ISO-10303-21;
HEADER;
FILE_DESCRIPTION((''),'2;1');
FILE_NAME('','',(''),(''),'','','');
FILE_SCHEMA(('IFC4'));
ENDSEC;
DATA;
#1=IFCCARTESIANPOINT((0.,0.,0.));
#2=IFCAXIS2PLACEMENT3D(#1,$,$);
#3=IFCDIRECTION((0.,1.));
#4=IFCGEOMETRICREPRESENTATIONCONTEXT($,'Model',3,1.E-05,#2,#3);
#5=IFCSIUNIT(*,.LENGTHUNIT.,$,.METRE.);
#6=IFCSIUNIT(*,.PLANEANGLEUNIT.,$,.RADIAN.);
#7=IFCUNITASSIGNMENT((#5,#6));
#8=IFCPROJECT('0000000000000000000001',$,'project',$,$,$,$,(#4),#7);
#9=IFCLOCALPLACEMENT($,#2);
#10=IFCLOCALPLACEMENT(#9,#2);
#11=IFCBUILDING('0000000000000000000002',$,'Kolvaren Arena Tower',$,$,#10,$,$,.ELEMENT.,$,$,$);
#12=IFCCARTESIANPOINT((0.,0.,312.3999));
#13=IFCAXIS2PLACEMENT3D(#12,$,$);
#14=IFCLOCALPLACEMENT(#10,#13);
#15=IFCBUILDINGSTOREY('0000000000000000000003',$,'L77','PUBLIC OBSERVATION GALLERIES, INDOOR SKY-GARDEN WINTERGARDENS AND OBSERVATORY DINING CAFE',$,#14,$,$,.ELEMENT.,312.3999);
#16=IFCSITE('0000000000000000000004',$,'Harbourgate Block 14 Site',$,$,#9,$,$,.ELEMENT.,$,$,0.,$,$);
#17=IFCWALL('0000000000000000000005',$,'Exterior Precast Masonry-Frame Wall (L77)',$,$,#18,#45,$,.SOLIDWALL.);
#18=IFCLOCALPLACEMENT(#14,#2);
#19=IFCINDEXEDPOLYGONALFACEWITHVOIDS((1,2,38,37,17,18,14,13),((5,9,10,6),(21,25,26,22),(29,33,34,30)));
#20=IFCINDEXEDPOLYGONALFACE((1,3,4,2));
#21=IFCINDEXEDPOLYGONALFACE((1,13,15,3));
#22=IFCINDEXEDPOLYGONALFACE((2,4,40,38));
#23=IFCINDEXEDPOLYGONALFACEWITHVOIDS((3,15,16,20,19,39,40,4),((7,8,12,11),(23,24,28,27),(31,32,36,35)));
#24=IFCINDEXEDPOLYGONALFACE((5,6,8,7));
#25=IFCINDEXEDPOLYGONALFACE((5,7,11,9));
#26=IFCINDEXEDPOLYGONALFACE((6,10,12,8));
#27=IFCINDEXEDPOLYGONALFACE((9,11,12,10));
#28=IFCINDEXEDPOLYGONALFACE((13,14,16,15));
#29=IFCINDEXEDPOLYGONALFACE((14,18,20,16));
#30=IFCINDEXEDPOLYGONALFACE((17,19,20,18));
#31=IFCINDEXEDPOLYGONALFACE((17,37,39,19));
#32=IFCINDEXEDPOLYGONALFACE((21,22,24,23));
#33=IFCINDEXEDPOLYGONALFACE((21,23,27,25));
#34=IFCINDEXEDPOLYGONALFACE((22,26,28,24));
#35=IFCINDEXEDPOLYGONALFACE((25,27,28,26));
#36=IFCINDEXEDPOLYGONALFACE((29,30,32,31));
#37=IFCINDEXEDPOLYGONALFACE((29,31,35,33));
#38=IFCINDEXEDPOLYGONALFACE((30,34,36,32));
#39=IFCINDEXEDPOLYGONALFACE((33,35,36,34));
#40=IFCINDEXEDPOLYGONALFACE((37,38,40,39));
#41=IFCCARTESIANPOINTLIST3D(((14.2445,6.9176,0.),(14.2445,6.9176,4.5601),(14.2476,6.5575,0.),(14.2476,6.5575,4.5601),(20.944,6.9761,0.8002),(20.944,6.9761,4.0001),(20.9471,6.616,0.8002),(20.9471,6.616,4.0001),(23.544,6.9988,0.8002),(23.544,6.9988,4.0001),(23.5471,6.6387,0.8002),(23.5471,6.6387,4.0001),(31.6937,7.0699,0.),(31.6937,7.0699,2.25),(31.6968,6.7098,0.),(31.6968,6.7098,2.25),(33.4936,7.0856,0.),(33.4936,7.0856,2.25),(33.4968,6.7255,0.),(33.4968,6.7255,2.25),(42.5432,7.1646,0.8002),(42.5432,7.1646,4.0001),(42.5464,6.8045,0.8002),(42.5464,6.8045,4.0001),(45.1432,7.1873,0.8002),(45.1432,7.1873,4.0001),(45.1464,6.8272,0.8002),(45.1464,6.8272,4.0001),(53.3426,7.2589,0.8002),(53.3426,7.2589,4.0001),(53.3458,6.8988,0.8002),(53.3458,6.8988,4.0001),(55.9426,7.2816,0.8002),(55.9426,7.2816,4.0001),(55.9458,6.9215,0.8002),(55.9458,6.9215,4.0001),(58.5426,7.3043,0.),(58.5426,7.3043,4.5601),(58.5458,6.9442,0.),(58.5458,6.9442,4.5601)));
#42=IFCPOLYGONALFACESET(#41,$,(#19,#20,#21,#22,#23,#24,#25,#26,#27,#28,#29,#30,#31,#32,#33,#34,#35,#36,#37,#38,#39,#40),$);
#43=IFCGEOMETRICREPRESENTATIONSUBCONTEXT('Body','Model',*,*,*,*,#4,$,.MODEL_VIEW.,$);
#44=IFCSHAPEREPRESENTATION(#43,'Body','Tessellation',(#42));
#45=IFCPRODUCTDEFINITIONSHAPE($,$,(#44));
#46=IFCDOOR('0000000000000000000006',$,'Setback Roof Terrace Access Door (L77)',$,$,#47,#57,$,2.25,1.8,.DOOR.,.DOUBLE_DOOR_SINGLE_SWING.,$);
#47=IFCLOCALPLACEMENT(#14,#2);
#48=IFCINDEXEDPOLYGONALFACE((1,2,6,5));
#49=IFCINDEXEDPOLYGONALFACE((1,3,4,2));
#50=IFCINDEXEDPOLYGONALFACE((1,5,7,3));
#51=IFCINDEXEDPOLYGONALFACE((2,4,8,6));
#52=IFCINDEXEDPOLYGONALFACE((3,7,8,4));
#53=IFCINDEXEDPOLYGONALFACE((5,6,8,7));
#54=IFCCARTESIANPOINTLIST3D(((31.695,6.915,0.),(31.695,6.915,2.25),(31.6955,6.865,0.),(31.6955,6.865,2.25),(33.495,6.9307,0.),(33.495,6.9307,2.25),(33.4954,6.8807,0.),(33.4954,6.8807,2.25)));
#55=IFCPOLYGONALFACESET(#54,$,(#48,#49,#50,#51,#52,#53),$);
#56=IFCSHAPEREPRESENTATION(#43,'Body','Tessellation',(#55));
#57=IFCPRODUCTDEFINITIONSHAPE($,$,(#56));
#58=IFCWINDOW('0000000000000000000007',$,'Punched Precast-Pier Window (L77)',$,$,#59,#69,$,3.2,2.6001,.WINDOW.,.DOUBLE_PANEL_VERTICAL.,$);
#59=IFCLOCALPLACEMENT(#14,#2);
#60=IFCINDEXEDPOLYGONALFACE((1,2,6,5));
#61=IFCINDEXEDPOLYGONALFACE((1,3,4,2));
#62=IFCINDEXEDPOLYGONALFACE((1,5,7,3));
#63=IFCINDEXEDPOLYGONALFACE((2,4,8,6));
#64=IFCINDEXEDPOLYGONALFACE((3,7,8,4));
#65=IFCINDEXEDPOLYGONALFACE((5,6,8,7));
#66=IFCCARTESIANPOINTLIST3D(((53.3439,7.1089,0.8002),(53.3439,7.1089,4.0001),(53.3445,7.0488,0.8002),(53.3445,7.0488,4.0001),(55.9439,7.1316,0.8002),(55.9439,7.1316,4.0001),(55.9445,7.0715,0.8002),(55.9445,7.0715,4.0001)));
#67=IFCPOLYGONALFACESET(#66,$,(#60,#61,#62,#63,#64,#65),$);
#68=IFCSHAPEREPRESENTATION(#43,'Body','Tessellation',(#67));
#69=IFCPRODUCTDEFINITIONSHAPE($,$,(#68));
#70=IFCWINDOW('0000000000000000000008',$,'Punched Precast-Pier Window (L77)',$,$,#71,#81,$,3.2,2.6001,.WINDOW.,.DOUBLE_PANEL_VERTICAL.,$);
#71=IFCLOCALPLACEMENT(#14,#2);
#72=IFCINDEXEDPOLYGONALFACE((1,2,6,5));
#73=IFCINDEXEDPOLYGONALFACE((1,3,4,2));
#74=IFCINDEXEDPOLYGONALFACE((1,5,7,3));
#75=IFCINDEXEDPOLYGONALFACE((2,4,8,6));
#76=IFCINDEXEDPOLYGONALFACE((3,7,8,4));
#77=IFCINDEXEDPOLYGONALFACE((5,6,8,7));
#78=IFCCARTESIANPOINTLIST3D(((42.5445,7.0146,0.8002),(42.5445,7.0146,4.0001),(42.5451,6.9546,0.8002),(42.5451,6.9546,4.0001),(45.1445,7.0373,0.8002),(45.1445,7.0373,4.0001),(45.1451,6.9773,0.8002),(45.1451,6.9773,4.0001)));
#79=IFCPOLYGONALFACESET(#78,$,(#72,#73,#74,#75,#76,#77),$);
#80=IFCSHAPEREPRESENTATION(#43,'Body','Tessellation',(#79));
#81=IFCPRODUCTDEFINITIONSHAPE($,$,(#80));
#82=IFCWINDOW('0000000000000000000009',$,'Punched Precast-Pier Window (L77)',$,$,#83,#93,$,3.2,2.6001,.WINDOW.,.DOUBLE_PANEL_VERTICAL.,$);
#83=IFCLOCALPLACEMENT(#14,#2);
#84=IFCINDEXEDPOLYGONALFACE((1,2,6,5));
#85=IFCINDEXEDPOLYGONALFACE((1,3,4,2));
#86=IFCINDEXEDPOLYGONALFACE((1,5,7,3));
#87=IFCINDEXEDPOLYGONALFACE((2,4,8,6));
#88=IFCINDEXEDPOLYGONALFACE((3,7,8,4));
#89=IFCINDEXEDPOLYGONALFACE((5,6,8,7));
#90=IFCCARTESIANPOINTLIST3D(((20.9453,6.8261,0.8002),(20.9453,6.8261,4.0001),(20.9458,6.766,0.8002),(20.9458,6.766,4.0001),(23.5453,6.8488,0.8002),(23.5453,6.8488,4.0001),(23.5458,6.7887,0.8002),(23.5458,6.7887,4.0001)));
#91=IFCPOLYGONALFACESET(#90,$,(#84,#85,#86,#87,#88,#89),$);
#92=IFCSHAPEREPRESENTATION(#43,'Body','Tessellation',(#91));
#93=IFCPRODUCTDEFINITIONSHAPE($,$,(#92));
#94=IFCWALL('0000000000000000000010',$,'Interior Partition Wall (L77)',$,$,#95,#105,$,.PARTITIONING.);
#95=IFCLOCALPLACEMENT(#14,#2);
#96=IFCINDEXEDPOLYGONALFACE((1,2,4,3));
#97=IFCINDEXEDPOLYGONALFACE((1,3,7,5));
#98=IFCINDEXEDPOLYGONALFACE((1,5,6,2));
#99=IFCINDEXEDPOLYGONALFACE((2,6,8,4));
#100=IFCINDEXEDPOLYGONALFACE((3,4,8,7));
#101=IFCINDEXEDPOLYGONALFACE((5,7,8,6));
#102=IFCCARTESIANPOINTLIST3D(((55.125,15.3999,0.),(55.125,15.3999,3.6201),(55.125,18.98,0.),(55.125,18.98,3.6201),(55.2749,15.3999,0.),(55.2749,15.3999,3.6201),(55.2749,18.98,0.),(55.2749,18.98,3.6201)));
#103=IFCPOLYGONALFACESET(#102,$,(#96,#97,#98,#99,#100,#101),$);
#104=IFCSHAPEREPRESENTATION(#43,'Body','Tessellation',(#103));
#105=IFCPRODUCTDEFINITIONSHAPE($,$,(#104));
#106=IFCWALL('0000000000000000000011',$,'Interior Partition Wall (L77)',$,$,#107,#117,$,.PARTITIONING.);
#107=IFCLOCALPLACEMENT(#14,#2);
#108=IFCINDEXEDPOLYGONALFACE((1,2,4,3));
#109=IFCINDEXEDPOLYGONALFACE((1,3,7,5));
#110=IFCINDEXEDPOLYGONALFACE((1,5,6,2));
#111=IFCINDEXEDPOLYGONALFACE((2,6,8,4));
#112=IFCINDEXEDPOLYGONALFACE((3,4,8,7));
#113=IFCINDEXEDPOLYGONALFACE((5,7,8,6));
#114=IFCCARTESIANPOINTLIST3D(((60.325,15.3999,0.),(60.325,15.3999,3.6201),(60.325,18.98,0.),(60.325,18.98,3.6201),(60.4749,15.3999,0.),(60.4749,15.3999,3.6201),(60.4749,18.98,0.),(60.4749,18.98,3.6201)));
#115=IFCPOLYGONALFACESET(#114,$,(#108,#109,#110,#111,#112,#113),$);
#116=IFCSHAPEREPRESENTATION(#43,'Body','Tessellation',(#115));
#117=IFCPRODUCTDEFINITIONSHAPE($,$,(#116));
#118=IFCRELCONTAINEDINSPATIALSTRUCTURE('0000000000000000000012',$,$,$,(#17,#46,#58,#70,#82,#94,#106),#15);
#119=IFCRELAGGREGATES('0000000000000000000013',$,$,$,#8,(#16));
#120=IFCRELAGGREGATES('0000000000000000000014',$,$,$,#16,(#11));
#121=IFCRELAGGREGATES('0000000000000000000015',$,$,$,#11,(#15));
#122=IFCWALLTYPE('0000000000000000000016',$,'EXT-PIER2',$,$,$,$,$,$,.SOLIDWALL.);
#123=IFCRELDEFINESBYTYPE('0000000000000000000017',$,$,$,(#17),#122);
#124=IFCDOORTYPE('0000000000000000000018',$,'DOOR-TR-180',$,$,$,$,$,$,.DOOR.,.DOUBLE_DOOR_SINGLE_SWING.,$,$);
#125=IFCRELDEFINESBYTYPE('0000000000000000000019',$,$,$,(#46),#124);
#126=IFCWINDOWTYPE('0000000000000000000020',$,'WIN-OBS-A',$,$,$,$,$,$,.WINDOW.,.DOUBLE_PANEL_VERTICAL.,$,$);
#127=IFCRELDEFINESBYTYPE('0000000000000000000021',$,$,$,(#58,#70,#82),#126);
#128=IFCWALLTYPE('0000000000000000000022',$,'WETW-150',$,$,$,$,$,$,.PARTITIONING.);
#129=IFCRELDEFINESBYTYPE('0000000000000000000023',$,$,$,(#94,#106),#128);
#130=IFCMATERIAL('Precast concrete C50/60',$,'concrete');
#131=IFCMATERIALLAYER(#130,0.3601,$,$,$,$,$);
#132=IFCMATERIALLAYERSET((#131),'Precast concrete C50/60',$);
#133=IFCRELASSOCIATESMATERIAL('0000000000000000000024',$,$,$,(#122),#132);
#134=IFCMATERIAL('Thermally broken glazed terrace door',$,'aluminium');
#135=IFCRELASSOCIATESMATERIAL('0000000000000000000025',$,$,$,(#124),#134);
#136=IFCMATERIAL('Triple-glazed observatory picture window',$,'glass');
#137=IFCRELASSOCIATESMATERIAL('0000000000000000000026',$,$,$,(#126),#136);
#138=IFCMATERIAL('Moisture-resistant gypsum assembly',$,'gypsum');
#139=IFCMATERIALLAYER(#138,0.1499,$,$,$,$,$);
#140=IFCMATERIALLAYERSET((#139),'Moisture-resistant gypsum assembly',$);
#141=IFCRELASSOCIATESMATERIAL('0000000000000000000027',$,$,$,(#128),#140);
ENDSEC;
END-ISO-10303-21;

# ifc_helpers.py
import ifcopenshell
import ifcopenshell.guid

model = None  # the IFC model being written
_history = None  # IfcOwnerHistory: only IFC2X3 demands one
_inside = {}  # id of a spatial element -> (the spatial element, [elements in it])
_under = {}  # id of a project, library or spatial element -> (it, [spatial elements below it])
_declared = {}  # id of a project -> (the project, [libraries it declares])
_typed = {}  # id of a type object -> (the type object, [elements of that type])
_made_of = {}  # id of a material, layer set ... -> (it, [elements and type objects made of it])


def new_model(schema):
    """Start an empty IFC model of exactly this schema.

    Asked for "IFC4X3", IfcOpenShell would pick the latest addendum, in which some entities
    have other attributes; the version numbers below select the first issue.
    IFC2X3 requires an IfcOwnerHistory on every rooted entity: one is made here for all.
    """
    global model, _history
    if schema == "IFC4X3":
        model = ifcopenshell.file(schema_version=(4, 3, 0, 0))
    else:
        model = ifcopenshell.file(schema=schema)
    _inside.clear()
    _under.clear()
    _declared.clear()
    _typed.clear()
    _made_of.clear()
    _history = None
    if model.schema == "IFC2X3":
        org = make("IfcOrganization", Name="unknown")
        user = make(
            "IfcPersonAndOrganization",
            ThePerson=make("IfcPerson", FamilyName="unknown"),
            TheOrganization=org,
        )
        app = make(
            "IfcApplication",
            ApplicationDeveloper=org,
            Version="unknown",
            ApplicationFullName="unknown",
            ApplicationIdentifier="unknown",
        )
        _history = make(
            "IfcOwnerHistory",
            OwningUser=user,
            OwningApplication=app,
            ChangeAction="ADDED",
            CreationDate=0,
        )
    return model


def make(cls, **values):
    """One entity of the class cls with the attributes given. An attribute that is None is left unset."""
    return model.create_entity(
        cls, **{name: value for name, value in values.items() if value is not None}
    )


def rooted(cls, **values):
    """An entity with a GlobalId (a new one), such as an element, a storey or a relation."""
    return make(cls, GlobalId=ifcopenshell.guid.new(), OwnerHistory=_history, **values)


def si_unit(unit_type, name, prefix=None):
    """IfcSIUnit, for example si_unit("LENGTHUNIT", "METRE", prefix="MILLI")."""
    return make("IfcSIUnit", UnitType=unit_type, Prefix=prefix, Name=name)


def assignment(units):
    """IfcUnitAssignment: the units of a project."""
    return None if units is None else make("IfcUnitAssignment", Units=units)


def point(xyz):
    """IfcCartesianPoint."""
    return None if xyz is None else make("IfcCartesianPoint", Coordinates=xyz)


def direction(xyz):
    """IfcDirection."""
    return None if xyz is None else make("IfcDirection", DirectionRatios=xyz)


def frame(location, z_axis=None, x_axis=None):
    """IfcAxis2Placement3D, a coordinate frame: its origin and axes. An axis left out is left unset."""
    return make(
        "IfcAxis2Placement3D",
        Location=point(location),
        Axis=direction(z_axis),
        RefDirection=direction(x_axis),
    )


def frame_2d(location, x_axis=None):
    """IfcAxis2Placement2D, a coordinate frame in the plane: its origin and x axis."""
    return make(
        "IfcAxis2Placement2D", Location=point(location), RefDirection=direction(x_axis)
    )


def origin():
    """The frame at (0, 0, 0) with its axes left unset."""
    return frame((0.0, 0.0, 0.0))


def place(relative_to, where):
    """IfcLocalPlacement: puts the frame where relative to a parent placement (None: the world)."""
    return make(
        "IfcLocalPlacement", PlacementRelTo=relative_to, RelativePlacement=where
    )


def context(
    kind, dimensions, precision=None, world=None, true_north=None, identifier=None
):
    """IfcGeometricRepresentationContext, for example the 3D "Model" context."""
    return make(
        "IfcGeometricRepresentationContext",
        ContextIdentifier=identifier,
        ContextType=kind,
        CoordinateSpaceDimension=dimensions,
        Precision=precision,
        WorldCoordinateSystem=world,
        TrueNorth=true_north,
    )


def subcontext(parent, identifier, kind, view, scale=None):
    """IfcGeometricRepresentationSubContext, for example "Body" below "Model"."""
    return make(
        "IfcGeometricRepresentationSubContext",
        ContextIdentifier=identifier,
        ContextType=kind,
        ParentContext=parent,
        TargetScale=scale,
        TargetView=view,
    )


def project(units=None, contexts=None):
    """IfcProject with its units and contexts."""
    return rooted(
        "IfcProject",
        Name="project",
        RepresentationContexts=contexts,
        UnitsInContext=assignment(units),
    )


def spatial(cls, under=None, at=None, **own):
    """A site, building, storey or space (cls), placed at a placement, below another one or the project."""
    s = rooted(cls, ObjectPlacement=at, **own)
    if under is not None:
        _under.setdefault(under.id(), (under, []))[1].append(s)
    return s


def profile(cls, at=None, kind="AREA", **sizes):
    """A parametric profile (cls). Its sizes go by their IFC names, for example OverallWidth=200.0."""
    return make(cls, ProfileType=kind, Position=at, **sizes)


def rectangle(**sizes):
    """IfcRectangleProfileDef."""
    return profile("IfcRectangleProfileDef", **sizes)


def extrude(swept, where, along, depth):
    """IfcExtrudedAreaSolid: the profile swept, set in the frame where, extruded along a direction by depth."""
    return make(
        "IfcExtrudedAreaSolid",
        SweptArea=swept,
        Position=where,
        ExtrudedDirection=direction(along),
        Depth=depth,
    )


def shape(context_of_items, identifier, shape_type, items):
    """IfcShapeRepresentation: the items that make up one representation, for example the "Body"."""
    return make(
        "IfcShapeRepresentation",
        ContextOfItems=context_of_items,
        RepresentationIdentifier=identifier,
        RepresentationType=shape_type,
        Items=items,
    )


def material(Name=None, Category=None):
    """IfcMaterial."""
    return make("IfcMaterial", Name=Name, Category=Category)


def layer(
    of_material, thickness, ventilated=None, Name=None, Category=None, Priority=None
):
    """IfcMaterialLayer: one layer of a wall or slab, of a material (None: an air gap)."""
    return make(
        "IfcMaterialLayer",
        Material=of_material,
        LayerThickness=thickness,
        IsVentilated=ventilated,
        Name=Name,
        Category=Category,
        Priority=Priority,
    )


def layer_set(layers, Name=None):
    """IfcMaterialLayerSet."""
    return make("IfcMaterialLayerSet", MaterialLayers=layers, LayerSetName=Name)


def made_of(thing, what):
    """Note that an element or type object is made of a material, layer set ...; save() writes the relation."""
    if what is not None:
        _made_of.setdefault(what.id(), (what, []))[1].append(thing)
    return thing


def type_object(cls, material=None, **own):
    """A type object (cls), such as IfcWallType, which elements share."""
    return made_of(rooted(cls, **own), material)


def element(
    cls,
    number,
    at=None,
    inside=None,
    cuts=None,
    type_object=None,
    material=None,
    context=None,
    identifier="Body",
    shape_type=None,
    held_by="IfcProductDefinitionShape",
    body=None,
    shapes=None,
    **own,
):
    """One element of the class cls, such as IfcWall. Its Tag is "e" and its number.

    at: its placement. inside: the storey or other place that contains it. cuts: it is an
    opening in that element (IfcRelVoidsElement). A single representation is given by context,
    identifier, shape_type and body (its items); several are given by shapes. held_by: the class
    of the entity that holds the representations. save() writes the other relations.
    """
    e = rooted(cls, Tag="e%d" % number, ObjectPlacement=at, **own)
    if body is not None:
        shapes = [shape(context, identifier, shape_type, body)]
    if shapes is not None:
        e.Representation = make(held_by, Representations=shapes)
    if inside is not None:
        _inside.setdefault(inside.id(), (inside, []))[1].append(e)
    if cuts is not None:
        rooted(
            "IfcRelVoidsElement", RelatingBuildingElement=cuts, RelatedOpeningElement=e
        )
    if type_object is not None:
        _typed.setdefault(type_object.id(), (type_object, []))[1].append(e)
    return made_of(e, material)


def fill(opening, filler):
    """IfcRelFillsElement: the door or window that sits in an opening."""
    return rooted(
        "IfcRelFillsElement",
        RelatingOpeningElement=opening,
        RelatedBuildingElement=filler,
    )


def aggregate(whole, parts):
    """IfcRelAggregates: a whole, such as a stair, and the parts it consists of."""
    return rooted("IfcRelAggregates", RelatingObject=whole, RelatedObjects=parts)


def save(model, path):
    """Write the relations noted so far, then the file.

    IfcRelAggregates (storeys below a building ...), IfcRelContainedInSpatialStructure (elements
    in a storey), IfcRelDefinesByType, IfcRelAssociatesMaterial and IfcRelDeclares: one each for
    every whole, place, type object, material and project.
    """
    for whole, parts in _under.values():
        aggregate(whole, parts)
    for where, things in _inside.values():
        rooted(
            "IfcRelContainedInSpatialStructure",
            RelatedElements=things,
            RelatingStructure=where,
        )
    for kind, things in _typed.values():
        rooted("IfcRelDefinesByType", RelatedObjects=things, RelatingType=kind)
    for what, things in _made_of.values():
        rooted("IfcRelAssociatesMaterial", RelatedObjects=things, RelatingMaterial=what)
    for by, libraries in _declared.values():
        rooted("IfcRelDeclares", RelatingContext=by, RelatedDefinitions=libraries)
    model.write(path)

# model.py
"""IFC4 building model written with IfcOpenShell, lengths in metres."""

from ifc_helpers import new_model, si_unit, direction, frame, frame_2d, origin, place, context, subcontext, project, spatial, rectangle, extrude, material, layer, layer_set, type_object, element, fill, save


model = new_model("IFC4")

# Units and contexts
model_context = context("Model", 3, precision=1e-05, world=origin(), true_north=direction((0.0, 1.0)))
body_context = subcontext(model_context, "Body", "Model", "MODEL_VIEW")
ifc_project = project(units=[si_unit("LENGTHUNIT", "METRE"), si_unit("PLANEANGLEUNIT", "RADIAN")], contexts=[model_context])

# Site, building, storey
site_placement = place(None, origin())
site = spatial("IfcSite", under=ifc_project, at=site_placement, Name="Harbourgate Block 14 Site", CompositionType="ELEMENT", RefElevation=0.0)
building_placement = place(site_placement, origin())
building = spatial("IfcBuilding", under=site, at=building_placement, Name="Kolvaren Arena Tower", CompositionType="ELEMENT")
storey_placement = place(building_placement, frame((0.0, 0.0, 312.3999)))
storey = spatial("IfcBuildingStorey", under=building, at=storey_placement, Name="L77", Description="PUBLIC OBSERVATION GALLERIES, INDOOR SKY-GARDEN WINTERGARDENS AND OBSERVATORY DINING CAFE", CompositionType="ELEMENT", Elevation=312.3999)

# Shared definitions
ifc_material_1 = material(Name="Precast concrete C50/60", Category="concrete")

# Shared definitions
ifc_layer_1 = layer(ifc_material_1, 0.3601)
ifc_layer_set_1 = layer_set([ifc_layer_1], Name="Precast concrete C50/60")
wall_type_1 = type_object("IfcWallType", Name="EXT-PIER2", PredefinedType="SOLIDWALL", material=ifc_layer_set_1)

# Wall, openings, door, windows
wall_1_placement = place(storey_placement, frame((58.5442, 7.1243, 0.0), z_axis=(0.0, 0.0, 1.0), x_axis=(-0.999962, -0.00873, 0.0)))
wall_1 = element("IfcWall", 1, at=wall_1_placement, inside=storey, type_object=wall_type_1, Name="Exterior Precast Masonry-Frame Wall (L77)", PredefinedType="SOLIDWALL", context=body_context, shape_type="SweptSolid", body=[
    extrude(rectangle(XDim=44.2998, YDim=0.3601, at=frame_2d((22.1499, 0.0))), origin(), (0.0, 0.0, 1.0), 4.5601),
])
opening_1_placement = place(wall_1_placement, frame((25.05, 0.0, 0.0)))
opening_1 = element("IfcOpeningElement", 2, at=opening_1_placement, cuts=wall_1, PredefinedType="OPENING", context=body_context, shape_type="SweptSolid", body=[
    extrude(rectangle(XDim=1.8, YDim=2.25, at=frame_2d((0.8999, 1.125))), frame((0.0, 0.1899, 0.0), z_axis=(0.0, -1.0, 0.0), x_axis=(1.0, 0.0, 0.0)), (0.0, 0.0, 1.0), 0.3801),
])
opening_2_placement = place(wall_1_placement, frame((2.6001, 0.0, 0.8)))
opening_2 = element("IfcOpeningElement", 3, at=opening_2_placement, cuts=wall_1, PredefinedType="OPENING", context=body_context, shape_type="SweptSolid", body=[
    extrude(rectangle(XDim=2.6001, YDim=3.2, at=frame_2d((1.3, 1.6001))), frame((0.0, 0.1899, 0.0), z_axis=(0.0, -1.0, 0.0), x_axis=(1.0, 0.0, 0.0)), (0.0, 0.0, 1.0), 0.3801),
])
opening_3_placement = place(wall_1_placement, frame((13.3999, 0.0, 0.8)))
opening_3 = element("IfcOpeningElement", 4, at=opening_3_placement, cuts=wall_1, PredefinedType="OPENING", context=body_context, shape_type="SweptSolid", body=[
    extrude(rectangle(XDim=2.6001, YDim=3.2, at=frame_2d((1.3, 1.6001))), frame((0.0, 0.1899, 0.0), z_axis=(0.0, -1.0, 0.0), x_axis=(1.0, 0.0, 0.0)), (0.0, 0.0, 1.0), 0.3801),
])
opening_4_placement = place(wall_1_placement, frame((35.0, 0.0, 0.8)))
opening_4 = element("IfcOpeningElement", 5, at=opening_4_placement, cuts=wall_1, PredefinedType="OPENING", context=body_context, shape_type="SweptSolid", body=[
    extrude(rectangle(XDim=2.6001, YDim=3.2, at=frame_2d((1.3, 1.6001))), frame((0.0, 0.1899, 0.0), z_axis=(0.0, -1.0, 0.0), x_axis=(1.0, 0.0, 0.0)), (0.0, 0.0, 1.0), 0.3801),
])
ifc_material_2 = material(Name="Thermally broken glazed terrace door", Category="aluminium")
door_type_1 = type_object("IfcDoorType", Name="DOOR-TR-180", OperationType="DOUBLE_DOOR_SINGLE_SWING", PredefinedType="DOOR", material=ifc_material_2)
door_1_placement = place(opening_1_placement, origin())
door_1 = element("IfcDoor", 6, at=door_1_placement, inside=storey, type_object=door_type_1, Name="Setback Roof Terrace Access Door (L77)", OperationType="DOUBLE_DOOR_SINGLE_SWING", OverallHeight=2.25, OverallWidth=1.8, PredefinedType="DOOR", context=body_context, shape_type="SweptSolid", body=[
    extrude(rectangle(XDim=1.8, YDim=2.25, at=frame_2d((0.8999, 1.125))), frame((0.0, 0.0249, 0.0), z_axis=(0.0, -1.0, 0.0), x_axis=(1.0, 0.0, 0.0)), (0.0, 0.0, 1.0), 0.05),
])
fill(opening_1, door_1)
ifc_material_3 = material(Name="Triple-glazed observatory picture window", Category="glass")
window_type = type_object("IfcWindowType", Name="WIN-OBS-A", PartitioningType="DOUBLE_PANEL_VERTICAL", PredefinedType="WINDOW", material=ifc_material_3)
window_1_placement = place(opening_2_placement, origin())
window_1 = element("IfcWindow", 7, at=window_1_placement, inside=storey, type_object=window_type, Name="Punched Precast-Pier Window (L77)", OverallHeight=3.2, OverallWidth=2.6001, PartitioningType="DOUBLE_PANEL_VERTICAL", PredefinedType="WINDOW", context=body_context, shape_type="SweptSolid", body=[
    extrude(rectangle(XDim=2.6001, YDim=3.2, at=frame_2d((1.3, 1.6001))), frame((0.0, 0.03, 0.0), z_axis=(0.0, -1.0, 0.0), x_axis=(1.0, 0.0, 0.0)), (0.0, 0.0, 1.0), 0.0601),
])
fill(opening_2, window_1)
window_2_placement = place(opening_3_placement, origin())
window_2 = element("IfcWindow", 8, at=window_2_placement, inside=storey, type_object=window_type, Name="Punched Precast-Pier Window (L77)", OverallHeight=3.2, OverallWidth=2.6001, PartitioningType="DOUBLE_PANEL_VERTICAL", PredefinedType="WINDOW", context=body_context, shape_type="SweptSolid", body=[
    extrude(rectangle(XDim=2.6001, YDim=3.2, at=frame_2d((1.3, 1.6001))), frame((0.0, 0.03, 0.0), z_axis=(0.0, -1.0, 0.0), x_axis=(1.0, 0.0, 0.0)), (0.0, 0.0, 1.0), 0.0601),
])
fill(opening_3, window_2)
window_3_placement = place(opening_4_placement, origin())
window_3 = element("IfcWindow", 9, at=window_3_placement, inside=storey, type_object=window_type, Name="Punched Precast-Pier Window (L77)", OverallHeight=3.2, OverallWidth=2.6001, PartitioningType="DOUBLE_PANEL_VERTICAL", PredefinedType="WINDOW", context=body_context, shape_type="SweptSolid", body=[
    extrude(rectangle(XDim=2.6001, YDim=3.2, at=frame_2d((1.3, 1.6001))), frame((0.0, 0.03, 0.0), z_axis=(0.0, -1.0, 0.0), x_axis=(1.0, 0.0, 0.0)), (0.0, 0.0, 1.0), 0.0601),
])
fill(opening_4, window_3)

# Walls
ifc_material_4 = material(Name="Moisture-resistant gypsum assembly", Category="gypsum")
ifc_layer_2 = layer(ifc_material_4, 0.1499)
ifc_layer_set_2 = layer_set([ifc_layer_2], Name="Moisture-resistant gypsum assembly")
wall_type_2 = type_object("IfcWallType", Name="WETW-150", PredefinedType="PARTITIONING", material=ifc_layer_set_2)
for number, where, z_axis, x_axis, name in (
    (10, (55.2, 15.3999, 0.0), (0.0, 0.0, 1.0), (0.0, 1.0, 0.0), "Interior Partition Wall (L77)"),
    (11, (60.3999, 15.3999, 0.0), (0.0, 0.0, 1.0), (0.0, 1.0, 0.0), "Interior Partition Wall (L77)"),
):
    element("IfcWall", number, at=place(storey_placement, frame(where, z_axis=z_axis, x_axis=x_axis)), inside=storey, type_object=wall_type_2, Name=name, PredefinedType="PARTITIONING", context=body_context, shape_type="SweptSolid", body=[
        extrude(rectangle(XDim=3.5801, YDim=0.1499, at=frame_2d((1.79, 0.0))), origin(), (0.0, 0.0, 1.0), 3.6201),
    ])

save(model, "model.ifc")
